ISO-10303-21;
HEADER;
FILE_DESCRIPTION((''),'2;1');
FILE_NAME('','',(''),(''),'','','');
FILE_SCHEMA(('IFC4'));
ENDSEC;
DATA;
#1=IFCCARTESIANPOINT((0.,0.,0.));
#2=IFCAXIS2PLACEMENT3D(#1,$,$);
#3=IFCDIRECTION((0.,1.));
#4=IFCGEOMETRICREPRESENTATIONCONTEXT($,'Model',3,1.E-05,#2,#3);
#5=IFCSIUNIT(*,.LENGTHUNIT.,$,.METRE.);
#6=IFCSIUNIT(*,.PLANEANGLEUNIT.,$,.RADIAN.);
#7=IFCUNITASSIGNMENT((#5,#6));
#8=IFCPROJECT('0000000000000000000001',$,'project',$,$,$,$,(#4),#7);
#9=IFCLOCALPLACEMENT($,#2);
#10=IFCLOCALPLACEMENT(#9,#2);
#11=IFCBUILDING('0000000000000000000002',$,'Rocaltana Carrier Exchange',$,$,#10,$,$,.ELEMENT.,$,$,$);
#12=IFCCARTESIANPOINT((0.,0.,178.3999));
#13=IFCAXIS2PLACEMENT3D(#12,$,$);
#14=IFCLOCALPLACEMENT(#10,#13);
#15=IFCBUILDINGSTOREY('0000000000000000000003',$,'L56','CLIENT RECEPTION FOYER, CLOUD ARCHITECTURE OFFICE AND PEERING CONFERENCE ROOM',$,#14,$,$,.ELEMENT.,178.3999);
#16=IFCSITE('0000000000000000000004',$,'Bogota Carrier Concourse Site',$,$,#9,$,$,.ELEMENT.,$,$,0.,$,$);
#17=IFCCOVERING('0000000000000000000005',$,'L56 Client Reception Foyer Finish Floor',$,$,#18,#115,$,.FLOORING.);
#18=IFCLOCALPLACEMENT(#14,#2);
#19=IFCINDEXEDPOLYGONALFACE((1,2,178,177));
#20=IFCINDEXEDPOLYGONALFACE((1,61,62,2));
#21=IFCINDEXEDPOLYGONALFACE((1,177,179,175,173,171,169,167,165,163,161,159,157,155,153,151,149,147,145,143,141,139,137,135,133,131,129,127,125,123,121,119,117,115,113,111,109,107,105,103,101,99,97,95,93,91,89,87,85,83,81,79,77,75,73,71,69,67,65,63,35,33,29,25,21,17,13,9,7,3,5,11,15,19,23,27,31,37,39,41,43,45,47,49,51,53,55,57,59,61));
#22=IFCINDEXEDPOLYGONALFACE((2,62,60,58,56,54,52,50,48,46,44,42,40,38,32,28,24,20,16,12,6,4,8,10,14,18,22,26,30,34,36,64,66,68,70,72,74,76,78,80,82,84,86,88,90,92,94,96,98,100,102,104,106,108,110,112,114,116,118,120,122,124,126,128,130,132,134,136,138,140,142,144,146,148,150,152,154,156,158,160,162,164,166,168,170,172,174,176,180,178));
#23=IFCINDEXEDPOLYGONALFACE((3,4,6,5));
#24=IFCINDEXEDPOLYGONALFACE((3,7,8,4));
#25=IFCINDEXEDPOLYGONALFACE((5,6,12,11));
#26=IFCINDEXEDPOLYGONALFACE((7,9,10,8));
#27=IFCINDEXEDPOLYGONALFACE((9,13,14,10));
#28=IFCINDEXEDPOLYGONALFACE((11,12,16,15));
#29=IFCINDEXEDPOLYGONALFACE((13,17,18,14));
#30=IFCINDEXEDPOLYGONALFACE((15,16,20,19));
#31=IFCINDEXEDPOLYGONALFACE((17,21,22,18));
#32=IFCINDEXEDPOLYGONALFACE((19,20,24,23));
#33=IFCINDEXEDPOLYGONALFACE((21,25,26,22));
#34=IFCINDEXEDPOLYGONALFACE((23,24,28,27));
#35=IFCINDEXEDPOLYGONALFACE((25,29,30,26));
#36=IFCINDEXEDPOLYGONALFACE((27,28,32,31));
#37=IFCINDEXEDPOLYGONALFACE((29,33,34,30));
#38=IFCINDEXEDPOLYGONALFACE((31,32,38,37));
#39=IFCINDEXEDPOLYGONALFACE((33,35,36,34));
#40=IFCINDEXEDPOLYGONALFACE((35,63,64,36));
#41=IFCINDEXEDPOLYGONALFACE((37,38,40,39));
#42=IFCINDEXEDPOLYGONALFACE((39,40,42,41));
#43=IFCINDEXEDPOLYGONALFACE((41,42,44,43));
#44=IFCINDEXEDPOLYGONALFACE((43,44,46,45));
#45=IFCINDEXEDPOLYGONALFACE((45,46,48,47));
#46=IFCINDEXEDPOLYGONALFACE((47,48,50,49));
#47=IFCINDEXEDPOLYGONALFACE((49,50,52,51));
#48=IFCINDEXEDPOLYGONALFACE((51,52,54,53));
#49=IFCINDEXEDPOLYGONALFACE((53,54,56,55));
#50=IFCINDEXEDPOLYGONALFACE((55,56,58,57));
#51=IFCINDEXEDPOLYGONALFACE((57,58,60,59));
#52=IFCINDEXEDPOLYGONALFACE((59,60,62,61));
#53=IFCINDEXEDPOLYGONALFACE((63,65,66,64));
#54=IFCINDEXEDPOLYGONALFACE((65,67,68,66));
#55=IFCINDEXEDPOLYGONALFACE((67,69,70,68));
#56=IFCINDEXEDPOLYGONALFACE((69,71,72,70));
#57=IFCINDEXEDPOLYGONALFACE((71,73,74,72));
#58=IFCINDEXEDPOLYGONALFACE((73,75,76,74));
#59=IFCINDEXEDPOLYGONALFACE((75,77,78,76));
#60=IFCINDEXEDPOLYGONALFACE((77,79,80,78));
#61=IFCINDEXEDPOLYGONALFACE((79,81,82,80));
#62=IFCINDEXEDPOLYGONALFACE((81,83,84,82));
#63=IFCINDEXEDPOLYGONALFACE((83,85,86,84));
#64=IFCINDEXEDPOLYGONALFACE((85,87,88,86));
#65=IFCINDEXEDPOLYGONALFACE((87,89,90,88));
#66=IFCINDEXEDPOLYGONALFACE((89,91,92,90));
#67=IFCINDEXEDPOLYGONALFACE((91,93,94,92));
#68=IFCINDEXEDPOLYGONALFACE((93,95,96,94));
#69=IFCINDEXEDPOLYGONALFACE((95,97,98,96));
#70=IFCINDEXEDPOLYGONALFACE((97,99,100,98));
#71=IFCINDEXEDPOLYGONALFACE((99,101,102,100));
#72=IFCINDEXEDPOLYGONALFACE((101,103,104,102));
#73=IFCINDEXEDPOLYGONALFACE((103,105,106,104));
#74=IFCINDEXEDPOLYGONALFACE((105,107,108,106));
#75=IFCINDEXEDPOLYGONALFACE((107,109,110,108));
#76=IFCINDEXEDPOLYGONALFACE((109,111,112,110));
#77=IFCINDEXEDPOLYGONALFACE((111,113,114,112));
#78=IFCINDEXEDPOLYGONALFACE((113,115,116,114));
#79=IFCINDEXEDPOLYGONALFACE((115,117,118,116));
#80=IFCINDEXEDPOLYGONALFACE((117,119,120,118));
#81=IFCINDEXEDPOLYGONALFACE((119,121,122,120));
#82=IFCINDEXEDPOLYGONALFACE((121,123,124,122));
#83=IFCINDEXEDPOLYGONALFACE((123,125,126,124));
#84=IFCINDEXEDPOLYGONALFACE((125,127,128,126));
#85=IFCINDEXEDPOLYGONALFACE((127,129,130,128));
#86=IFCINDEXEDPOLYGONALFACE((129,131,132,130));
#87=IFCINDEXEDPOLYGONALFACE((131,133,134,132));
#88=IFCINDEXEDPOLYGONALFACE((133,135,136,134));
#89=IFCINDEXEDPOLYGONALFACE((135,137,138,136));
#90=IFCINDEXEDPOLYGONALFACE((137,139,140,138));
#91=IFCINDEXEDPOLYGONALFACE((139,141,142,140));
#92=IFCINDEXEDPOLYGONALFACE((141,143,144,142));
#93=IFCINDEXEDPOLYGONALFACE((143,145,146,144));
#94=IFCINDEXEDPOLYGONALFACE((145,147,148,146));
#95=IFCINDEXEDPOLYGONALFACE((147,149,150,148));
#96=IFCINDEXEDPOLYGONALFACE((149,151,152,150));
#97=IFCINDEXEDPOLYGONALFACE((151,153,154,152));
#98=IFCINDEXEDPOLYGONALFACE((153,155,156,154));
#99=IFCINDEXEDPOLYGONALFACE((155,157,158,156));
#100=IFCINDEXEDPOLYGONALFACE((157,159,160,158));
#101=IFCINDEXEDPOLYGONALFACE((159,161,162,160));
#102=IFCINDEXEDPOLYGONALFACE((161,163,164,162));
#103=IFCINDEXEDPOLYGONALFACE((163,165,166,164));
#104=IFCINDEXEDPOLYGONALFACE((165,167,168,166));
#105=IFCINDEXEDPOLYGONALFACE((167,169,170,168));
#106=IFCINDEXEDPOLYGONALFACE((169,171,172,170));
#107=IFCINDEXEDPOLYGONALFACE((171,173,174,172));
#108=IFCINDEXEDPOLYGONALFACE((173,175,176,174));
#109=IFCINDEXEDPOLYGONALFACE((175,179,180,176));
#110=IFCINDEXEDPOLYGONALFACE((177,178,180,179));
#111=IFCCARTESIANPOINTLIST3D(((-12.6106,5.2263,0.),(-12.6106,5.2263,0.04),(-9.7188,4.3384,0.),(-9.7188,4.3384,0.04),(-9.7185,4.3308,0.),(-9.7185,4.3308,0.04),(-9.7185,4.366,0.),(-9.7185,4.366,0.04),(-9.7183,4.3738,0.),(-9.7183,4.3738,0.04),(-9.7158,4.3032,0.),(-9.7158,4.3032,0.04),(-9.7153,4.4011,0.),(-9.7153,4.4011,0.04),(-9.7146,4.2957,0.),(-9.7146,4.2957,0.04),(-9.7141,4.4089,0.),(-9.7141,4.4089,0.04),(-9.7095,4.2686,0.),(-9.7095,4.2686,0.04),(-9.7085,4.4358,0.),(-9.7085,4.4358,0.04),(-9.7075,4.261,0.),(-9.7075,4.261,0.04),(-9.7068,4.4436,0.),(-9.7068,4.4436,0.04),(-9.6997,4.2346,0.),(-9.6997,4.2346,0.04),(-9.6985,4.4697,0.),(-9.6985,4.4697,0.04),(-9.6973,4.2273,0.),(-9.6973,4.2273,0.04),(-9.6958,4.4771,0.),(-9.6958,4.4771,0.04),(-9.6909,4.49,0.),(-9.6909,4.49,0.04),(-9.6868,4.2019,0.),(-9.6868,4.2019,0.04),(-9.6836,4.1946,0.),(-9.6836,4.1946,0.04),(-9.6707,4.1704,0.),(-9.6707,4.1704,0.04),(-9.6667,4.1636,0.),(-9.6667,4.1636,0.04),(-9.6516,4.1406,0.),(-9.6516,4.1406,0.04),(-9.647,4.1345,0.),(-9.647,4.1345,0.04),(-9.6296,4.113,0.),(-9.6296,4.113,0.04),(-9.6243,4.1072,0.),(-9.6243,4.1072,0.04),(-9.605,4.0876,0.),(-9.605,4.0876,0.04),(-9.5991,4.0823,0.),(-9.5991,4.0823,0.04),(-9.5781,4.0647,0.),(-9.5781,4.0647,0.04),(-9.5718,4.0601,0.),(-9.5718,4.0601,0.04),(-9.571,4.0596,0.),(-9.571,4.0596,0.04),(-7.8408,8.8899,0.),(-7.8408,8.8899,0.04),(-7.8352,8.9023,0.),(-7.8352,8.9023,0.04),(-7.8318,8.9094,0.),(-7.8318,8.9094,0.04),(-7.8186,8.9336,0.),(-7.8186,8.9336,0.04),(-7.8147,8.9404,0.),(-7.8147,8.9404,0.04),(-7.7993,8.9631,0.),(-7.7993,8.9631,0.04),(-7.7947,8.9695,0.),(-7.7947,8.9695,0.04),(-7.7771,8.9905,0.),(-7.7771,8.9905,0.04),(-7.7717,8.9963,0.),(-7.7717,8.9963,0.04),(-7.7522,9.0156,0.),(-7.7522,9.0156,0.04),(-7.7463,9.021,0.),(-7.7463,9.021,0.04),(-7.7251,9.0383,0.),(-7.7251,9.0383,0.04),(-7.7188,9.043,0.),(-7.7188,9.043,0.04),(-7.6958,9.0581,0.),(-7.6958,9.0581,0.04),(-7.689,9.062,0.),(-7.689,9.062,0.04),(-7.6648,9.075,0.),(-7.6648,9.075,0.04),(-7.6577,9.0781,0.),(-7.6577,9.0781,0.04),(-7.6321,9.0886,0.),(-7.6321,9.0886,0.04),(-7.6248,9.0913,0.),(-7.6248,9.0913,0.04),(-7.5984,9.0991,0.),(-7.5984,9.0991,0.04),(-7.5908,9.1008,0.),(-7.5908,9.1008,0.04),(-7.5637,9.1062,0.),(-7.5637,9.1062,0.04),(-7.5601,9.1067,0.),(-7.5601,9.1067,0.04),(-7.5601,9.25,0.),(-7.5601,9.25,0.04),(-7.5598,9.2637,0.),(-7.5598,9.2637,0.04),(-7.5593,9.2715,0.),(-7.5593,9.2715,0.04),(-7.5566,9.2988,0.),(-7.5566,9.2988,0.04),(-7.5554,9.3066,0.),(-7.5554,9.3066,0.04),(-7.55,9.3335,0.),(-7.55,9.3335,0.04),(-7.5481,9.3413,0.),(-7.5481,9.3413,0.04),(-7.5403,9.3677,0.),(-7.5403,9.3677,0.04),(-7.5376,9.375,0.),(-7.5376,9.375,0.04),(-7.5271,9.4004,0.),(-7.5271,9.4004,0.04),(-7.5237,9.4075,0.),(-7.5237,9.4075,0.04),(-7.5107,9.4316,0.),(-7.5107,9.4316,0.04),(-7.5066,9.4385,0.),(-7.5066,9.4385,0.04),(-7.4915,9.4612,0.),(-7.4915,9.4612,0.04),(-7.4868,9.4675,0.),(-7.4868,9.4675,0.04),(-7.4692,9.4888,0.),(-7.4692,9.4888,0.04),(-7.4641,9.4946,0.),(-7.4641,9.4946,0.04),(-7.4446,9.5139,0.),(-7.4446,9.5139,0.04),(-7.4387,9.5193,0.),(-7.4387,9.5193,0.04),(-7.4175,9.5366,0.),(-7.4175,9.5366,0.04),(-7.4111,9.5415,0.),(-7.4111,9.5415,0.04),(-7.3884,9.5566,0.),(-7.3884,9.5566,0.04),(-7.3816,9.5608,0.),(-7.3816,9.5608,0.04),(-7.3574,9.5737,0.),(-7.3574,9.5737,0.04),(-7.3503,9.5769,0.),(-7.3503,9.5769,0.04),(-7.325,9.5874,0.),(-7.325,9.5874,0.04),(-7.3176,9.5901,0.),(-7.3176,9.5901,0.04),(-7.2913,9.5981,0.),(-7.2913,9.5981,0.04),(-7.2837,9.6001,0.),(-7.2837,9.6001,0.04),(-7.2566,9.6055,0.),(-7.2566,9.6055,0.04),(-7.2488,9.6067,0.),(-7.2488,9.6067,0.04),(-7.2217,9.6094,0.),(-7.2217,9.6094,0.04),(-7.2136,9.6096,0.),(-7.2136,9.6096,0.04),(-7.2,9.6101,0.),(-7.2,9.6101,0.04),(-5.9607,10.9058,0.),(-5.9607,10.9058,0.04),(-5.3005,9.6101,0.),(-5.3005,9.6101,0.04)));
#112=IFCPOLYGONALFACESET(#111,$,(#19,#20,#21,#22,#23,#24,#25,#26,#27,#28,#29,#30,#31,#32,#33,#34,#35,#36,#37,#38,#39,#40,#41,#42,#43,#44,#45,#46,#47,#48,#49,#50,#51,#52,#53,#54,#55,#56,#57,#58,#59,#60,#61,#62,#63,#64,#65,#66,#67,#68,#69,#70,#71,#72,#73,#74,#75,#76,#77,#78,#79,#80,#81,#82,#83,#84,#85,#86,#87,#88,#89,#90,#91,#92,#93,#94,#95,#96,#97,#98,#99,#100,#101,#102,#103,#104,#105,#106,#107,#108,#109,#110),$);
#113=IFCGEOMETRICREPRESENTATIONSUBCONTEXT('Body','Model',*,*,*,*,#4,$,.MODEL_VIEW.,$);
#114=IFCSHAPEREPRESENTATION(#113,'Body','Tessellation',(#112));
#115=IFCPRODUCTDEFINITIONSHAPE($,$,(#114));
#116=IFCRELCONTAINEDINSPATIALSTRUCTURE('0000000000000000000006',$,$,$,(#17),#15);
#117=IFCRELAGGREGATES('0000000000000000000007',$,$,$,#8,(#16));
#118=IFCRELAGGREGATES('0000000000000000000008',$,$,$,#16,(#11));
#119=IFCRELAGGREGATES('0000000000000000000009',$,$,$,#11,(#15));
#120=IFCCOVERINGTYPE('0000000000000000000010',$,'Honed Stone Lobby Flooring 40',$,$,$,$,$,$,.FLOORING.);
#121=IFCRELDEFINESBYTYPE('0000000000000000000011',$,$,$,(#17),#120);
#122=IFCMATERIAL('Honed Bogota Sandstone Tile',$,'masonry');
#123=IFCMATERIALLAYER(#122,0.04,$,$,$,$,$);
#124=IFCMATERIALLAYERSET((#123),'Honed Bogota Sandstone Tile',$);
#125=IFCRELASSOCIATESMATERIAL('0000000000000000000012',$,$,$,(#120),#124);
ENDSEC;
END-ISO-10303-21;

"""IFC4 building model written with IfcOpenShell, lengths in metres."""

from ifc_helpers import new_model, si_unit, direction, frame, origin, place, context, subcontext, project, spatial, polyline, outline, extrude, material, layer, layer_set, type_object, element, save


model = new_model("IFC4")

# Units and contexts
model_context = context("Model", 3, precision=1e-05, world=origin(), true_north=direction((0.0, 1.0)))
body_context = subcontext(model_context, "Body", "Model", "MODEL_VIEW")
ifc_project = project(units=[si_unit("LENGTHUNIT", "METRE"), si_unit("PLANEANGLEUNIT", "RADIAN")], contexts=[model_context])

# Site, building, storey
site_placement = place(None, origin())
site = spatial("IfcSite", under=ifc_project, at=site_placement, Name="Bogota Carrier Concourse Site", CompositionType="ELEMENT", RefElevation=0.0)
building_placement = place(site_placement, origin())
building = spatial("IfcBuilding", under=site, at=building_placement, Name="Rocaltana Carrier Exchange", CompositionType="ELEMENT")
storey_placement = place(building_placement, frame((0.0, 0.0, 178.3999)))
storey = spatial("IfcBuildingStorey", under=building, at=storey_placement, Name="L56", Description="CLIENT RECEPTION FOYER, CLOUD ARCHITECTURE OFFICE AND PEERING CONFERENCE ROOM", CompositionType="ELEMENT", Elevation=178.3999)

# Covering
ifc_material_1 = material(Name="Honed Bogota Sandstone Tile", Category="masonry")
ifc_layer_1 = layer(ifc_material_1, 0.04)
ifc_layer_set_1 = layer_set([ifc_layer_1], Name="Honed Bogota Sandstone Tile")
covering_type_1 = type_object("IfcCoveringType", Name="Honed Stone Lobby Flooring 40", PredefinedType="FLOORING", material=ifc_layer_set_1)
covering_1_placement = place(storey_placement, origin())
element("IfcCovering", 1, at=covering_1_placement, inside=storey, type_object=covering_type_1, Name="L56 Client Reception Foyer Finish Floor", PredefinedType="FLOORING", context=body_context, shape_type="SweptSolid", body=[
    extrude(outline(polyline([(-9.571, 4.0596), (-12.6106, 5.2263), (-5.9607, 10.9058), (-5.3005, 9.6101), (-7.2, 9.6101), (-7.2136, 9.6096), (-7.2217, 9.6094), (-7.2488, 9.6067), (-7.2566, 9.6055), (-7.2837, 9.6001), (-7.2913, 9.5981), (-7.3176, 9.5901), (-7.325, 9.5874), (-7.3503, 9.5769), (-7.3574, 9.5737), (-7.3816, 9.5608), (-7.3884, 9.5566), (-7.4111, 9.5415), (-7.4175, 9.5366), (-7.4387, 9.5193), (-7.4446, 9.5139), (-7.4641, 9.4946), (-7.4692, 9.4888), (-7.4868, 9.4675), (-7.4915, 9.4612), (-7.5066, 9.4385), (-7.5107, 9.4316), (-7.5237, 9.4075), (-7.5271, 9.4004), (-7.5376, 9.375), (-7.5403, 9.3677), (-7.5481, 9.3413), (-7.55, 9.3335), (-7.5554, 9.3066), (-7.5566, 9.2988), (-7.5593, 9.2715), (-7.5598, 9.2637), (-7.5601, 9.25), (-7.5601, 9.1067), (-7.5637, 9.1062), (-7.5908, 9.1008), (-7.5984, 9.0991), (-7.6248, 9.0913), (-7.6321, 9.0886), (-7.6577, 9.0781), (-7.6648, 9.075), (-7.689, 9.062), (-7.6958, 9.0581), (-7.7188, 9.043), (-7.7251, 9.0383), (-7.7463, 9.021), (-7.7522, 9.0156), (-7.7717, 8.9963), (-7.7771, 8.9905), (-7.7947, 8.9695), (-7.7993, 8.9631), (-7.8147, 8.9404), (-7.8186, 8.9336), (-7.8318, 8.9094), (-7.8352, 8.9023), (-7.8408, 8.8899), (-9.6909, 4.49), (-9.6958, 4.4771), (-9.6985, 4.4697), (-9.7068, 4.4436), (-9.7085, 4.4358), (-9.7141, 4.4089), (-9.7153, 4.4011), (-9.7183, 4.3738), (-9.7185, 4.366), (-9.7188, 4.3384), (-9.7185, 4.3308), (-9.7158, 4.3032), (-9.7146, 4.2957), (-9.7095, 4.2686), (-9.7075, 4.261), (-9.6997, 4.2346), (-9.6973, 4.2273), (-9.6868, 4.2019), (-9.6836, 4.1946), (-9.6707, 4.1704), (-9.6667, 4.1636), (-9.6516, 4.1406), (-9.647, 4.1345), (-9.6296, 4.113), (-9.6243, 4.1072), (-9.605, 4.0876), (-9.5991, 4.0823), (-9.5781, 4.0647), (-9.5718, 4.0601), (-9.571, 4.0596)])), origin(), (0.0, 0.0, 1.0), 0.04),
])

save(model, "model.ifc")
